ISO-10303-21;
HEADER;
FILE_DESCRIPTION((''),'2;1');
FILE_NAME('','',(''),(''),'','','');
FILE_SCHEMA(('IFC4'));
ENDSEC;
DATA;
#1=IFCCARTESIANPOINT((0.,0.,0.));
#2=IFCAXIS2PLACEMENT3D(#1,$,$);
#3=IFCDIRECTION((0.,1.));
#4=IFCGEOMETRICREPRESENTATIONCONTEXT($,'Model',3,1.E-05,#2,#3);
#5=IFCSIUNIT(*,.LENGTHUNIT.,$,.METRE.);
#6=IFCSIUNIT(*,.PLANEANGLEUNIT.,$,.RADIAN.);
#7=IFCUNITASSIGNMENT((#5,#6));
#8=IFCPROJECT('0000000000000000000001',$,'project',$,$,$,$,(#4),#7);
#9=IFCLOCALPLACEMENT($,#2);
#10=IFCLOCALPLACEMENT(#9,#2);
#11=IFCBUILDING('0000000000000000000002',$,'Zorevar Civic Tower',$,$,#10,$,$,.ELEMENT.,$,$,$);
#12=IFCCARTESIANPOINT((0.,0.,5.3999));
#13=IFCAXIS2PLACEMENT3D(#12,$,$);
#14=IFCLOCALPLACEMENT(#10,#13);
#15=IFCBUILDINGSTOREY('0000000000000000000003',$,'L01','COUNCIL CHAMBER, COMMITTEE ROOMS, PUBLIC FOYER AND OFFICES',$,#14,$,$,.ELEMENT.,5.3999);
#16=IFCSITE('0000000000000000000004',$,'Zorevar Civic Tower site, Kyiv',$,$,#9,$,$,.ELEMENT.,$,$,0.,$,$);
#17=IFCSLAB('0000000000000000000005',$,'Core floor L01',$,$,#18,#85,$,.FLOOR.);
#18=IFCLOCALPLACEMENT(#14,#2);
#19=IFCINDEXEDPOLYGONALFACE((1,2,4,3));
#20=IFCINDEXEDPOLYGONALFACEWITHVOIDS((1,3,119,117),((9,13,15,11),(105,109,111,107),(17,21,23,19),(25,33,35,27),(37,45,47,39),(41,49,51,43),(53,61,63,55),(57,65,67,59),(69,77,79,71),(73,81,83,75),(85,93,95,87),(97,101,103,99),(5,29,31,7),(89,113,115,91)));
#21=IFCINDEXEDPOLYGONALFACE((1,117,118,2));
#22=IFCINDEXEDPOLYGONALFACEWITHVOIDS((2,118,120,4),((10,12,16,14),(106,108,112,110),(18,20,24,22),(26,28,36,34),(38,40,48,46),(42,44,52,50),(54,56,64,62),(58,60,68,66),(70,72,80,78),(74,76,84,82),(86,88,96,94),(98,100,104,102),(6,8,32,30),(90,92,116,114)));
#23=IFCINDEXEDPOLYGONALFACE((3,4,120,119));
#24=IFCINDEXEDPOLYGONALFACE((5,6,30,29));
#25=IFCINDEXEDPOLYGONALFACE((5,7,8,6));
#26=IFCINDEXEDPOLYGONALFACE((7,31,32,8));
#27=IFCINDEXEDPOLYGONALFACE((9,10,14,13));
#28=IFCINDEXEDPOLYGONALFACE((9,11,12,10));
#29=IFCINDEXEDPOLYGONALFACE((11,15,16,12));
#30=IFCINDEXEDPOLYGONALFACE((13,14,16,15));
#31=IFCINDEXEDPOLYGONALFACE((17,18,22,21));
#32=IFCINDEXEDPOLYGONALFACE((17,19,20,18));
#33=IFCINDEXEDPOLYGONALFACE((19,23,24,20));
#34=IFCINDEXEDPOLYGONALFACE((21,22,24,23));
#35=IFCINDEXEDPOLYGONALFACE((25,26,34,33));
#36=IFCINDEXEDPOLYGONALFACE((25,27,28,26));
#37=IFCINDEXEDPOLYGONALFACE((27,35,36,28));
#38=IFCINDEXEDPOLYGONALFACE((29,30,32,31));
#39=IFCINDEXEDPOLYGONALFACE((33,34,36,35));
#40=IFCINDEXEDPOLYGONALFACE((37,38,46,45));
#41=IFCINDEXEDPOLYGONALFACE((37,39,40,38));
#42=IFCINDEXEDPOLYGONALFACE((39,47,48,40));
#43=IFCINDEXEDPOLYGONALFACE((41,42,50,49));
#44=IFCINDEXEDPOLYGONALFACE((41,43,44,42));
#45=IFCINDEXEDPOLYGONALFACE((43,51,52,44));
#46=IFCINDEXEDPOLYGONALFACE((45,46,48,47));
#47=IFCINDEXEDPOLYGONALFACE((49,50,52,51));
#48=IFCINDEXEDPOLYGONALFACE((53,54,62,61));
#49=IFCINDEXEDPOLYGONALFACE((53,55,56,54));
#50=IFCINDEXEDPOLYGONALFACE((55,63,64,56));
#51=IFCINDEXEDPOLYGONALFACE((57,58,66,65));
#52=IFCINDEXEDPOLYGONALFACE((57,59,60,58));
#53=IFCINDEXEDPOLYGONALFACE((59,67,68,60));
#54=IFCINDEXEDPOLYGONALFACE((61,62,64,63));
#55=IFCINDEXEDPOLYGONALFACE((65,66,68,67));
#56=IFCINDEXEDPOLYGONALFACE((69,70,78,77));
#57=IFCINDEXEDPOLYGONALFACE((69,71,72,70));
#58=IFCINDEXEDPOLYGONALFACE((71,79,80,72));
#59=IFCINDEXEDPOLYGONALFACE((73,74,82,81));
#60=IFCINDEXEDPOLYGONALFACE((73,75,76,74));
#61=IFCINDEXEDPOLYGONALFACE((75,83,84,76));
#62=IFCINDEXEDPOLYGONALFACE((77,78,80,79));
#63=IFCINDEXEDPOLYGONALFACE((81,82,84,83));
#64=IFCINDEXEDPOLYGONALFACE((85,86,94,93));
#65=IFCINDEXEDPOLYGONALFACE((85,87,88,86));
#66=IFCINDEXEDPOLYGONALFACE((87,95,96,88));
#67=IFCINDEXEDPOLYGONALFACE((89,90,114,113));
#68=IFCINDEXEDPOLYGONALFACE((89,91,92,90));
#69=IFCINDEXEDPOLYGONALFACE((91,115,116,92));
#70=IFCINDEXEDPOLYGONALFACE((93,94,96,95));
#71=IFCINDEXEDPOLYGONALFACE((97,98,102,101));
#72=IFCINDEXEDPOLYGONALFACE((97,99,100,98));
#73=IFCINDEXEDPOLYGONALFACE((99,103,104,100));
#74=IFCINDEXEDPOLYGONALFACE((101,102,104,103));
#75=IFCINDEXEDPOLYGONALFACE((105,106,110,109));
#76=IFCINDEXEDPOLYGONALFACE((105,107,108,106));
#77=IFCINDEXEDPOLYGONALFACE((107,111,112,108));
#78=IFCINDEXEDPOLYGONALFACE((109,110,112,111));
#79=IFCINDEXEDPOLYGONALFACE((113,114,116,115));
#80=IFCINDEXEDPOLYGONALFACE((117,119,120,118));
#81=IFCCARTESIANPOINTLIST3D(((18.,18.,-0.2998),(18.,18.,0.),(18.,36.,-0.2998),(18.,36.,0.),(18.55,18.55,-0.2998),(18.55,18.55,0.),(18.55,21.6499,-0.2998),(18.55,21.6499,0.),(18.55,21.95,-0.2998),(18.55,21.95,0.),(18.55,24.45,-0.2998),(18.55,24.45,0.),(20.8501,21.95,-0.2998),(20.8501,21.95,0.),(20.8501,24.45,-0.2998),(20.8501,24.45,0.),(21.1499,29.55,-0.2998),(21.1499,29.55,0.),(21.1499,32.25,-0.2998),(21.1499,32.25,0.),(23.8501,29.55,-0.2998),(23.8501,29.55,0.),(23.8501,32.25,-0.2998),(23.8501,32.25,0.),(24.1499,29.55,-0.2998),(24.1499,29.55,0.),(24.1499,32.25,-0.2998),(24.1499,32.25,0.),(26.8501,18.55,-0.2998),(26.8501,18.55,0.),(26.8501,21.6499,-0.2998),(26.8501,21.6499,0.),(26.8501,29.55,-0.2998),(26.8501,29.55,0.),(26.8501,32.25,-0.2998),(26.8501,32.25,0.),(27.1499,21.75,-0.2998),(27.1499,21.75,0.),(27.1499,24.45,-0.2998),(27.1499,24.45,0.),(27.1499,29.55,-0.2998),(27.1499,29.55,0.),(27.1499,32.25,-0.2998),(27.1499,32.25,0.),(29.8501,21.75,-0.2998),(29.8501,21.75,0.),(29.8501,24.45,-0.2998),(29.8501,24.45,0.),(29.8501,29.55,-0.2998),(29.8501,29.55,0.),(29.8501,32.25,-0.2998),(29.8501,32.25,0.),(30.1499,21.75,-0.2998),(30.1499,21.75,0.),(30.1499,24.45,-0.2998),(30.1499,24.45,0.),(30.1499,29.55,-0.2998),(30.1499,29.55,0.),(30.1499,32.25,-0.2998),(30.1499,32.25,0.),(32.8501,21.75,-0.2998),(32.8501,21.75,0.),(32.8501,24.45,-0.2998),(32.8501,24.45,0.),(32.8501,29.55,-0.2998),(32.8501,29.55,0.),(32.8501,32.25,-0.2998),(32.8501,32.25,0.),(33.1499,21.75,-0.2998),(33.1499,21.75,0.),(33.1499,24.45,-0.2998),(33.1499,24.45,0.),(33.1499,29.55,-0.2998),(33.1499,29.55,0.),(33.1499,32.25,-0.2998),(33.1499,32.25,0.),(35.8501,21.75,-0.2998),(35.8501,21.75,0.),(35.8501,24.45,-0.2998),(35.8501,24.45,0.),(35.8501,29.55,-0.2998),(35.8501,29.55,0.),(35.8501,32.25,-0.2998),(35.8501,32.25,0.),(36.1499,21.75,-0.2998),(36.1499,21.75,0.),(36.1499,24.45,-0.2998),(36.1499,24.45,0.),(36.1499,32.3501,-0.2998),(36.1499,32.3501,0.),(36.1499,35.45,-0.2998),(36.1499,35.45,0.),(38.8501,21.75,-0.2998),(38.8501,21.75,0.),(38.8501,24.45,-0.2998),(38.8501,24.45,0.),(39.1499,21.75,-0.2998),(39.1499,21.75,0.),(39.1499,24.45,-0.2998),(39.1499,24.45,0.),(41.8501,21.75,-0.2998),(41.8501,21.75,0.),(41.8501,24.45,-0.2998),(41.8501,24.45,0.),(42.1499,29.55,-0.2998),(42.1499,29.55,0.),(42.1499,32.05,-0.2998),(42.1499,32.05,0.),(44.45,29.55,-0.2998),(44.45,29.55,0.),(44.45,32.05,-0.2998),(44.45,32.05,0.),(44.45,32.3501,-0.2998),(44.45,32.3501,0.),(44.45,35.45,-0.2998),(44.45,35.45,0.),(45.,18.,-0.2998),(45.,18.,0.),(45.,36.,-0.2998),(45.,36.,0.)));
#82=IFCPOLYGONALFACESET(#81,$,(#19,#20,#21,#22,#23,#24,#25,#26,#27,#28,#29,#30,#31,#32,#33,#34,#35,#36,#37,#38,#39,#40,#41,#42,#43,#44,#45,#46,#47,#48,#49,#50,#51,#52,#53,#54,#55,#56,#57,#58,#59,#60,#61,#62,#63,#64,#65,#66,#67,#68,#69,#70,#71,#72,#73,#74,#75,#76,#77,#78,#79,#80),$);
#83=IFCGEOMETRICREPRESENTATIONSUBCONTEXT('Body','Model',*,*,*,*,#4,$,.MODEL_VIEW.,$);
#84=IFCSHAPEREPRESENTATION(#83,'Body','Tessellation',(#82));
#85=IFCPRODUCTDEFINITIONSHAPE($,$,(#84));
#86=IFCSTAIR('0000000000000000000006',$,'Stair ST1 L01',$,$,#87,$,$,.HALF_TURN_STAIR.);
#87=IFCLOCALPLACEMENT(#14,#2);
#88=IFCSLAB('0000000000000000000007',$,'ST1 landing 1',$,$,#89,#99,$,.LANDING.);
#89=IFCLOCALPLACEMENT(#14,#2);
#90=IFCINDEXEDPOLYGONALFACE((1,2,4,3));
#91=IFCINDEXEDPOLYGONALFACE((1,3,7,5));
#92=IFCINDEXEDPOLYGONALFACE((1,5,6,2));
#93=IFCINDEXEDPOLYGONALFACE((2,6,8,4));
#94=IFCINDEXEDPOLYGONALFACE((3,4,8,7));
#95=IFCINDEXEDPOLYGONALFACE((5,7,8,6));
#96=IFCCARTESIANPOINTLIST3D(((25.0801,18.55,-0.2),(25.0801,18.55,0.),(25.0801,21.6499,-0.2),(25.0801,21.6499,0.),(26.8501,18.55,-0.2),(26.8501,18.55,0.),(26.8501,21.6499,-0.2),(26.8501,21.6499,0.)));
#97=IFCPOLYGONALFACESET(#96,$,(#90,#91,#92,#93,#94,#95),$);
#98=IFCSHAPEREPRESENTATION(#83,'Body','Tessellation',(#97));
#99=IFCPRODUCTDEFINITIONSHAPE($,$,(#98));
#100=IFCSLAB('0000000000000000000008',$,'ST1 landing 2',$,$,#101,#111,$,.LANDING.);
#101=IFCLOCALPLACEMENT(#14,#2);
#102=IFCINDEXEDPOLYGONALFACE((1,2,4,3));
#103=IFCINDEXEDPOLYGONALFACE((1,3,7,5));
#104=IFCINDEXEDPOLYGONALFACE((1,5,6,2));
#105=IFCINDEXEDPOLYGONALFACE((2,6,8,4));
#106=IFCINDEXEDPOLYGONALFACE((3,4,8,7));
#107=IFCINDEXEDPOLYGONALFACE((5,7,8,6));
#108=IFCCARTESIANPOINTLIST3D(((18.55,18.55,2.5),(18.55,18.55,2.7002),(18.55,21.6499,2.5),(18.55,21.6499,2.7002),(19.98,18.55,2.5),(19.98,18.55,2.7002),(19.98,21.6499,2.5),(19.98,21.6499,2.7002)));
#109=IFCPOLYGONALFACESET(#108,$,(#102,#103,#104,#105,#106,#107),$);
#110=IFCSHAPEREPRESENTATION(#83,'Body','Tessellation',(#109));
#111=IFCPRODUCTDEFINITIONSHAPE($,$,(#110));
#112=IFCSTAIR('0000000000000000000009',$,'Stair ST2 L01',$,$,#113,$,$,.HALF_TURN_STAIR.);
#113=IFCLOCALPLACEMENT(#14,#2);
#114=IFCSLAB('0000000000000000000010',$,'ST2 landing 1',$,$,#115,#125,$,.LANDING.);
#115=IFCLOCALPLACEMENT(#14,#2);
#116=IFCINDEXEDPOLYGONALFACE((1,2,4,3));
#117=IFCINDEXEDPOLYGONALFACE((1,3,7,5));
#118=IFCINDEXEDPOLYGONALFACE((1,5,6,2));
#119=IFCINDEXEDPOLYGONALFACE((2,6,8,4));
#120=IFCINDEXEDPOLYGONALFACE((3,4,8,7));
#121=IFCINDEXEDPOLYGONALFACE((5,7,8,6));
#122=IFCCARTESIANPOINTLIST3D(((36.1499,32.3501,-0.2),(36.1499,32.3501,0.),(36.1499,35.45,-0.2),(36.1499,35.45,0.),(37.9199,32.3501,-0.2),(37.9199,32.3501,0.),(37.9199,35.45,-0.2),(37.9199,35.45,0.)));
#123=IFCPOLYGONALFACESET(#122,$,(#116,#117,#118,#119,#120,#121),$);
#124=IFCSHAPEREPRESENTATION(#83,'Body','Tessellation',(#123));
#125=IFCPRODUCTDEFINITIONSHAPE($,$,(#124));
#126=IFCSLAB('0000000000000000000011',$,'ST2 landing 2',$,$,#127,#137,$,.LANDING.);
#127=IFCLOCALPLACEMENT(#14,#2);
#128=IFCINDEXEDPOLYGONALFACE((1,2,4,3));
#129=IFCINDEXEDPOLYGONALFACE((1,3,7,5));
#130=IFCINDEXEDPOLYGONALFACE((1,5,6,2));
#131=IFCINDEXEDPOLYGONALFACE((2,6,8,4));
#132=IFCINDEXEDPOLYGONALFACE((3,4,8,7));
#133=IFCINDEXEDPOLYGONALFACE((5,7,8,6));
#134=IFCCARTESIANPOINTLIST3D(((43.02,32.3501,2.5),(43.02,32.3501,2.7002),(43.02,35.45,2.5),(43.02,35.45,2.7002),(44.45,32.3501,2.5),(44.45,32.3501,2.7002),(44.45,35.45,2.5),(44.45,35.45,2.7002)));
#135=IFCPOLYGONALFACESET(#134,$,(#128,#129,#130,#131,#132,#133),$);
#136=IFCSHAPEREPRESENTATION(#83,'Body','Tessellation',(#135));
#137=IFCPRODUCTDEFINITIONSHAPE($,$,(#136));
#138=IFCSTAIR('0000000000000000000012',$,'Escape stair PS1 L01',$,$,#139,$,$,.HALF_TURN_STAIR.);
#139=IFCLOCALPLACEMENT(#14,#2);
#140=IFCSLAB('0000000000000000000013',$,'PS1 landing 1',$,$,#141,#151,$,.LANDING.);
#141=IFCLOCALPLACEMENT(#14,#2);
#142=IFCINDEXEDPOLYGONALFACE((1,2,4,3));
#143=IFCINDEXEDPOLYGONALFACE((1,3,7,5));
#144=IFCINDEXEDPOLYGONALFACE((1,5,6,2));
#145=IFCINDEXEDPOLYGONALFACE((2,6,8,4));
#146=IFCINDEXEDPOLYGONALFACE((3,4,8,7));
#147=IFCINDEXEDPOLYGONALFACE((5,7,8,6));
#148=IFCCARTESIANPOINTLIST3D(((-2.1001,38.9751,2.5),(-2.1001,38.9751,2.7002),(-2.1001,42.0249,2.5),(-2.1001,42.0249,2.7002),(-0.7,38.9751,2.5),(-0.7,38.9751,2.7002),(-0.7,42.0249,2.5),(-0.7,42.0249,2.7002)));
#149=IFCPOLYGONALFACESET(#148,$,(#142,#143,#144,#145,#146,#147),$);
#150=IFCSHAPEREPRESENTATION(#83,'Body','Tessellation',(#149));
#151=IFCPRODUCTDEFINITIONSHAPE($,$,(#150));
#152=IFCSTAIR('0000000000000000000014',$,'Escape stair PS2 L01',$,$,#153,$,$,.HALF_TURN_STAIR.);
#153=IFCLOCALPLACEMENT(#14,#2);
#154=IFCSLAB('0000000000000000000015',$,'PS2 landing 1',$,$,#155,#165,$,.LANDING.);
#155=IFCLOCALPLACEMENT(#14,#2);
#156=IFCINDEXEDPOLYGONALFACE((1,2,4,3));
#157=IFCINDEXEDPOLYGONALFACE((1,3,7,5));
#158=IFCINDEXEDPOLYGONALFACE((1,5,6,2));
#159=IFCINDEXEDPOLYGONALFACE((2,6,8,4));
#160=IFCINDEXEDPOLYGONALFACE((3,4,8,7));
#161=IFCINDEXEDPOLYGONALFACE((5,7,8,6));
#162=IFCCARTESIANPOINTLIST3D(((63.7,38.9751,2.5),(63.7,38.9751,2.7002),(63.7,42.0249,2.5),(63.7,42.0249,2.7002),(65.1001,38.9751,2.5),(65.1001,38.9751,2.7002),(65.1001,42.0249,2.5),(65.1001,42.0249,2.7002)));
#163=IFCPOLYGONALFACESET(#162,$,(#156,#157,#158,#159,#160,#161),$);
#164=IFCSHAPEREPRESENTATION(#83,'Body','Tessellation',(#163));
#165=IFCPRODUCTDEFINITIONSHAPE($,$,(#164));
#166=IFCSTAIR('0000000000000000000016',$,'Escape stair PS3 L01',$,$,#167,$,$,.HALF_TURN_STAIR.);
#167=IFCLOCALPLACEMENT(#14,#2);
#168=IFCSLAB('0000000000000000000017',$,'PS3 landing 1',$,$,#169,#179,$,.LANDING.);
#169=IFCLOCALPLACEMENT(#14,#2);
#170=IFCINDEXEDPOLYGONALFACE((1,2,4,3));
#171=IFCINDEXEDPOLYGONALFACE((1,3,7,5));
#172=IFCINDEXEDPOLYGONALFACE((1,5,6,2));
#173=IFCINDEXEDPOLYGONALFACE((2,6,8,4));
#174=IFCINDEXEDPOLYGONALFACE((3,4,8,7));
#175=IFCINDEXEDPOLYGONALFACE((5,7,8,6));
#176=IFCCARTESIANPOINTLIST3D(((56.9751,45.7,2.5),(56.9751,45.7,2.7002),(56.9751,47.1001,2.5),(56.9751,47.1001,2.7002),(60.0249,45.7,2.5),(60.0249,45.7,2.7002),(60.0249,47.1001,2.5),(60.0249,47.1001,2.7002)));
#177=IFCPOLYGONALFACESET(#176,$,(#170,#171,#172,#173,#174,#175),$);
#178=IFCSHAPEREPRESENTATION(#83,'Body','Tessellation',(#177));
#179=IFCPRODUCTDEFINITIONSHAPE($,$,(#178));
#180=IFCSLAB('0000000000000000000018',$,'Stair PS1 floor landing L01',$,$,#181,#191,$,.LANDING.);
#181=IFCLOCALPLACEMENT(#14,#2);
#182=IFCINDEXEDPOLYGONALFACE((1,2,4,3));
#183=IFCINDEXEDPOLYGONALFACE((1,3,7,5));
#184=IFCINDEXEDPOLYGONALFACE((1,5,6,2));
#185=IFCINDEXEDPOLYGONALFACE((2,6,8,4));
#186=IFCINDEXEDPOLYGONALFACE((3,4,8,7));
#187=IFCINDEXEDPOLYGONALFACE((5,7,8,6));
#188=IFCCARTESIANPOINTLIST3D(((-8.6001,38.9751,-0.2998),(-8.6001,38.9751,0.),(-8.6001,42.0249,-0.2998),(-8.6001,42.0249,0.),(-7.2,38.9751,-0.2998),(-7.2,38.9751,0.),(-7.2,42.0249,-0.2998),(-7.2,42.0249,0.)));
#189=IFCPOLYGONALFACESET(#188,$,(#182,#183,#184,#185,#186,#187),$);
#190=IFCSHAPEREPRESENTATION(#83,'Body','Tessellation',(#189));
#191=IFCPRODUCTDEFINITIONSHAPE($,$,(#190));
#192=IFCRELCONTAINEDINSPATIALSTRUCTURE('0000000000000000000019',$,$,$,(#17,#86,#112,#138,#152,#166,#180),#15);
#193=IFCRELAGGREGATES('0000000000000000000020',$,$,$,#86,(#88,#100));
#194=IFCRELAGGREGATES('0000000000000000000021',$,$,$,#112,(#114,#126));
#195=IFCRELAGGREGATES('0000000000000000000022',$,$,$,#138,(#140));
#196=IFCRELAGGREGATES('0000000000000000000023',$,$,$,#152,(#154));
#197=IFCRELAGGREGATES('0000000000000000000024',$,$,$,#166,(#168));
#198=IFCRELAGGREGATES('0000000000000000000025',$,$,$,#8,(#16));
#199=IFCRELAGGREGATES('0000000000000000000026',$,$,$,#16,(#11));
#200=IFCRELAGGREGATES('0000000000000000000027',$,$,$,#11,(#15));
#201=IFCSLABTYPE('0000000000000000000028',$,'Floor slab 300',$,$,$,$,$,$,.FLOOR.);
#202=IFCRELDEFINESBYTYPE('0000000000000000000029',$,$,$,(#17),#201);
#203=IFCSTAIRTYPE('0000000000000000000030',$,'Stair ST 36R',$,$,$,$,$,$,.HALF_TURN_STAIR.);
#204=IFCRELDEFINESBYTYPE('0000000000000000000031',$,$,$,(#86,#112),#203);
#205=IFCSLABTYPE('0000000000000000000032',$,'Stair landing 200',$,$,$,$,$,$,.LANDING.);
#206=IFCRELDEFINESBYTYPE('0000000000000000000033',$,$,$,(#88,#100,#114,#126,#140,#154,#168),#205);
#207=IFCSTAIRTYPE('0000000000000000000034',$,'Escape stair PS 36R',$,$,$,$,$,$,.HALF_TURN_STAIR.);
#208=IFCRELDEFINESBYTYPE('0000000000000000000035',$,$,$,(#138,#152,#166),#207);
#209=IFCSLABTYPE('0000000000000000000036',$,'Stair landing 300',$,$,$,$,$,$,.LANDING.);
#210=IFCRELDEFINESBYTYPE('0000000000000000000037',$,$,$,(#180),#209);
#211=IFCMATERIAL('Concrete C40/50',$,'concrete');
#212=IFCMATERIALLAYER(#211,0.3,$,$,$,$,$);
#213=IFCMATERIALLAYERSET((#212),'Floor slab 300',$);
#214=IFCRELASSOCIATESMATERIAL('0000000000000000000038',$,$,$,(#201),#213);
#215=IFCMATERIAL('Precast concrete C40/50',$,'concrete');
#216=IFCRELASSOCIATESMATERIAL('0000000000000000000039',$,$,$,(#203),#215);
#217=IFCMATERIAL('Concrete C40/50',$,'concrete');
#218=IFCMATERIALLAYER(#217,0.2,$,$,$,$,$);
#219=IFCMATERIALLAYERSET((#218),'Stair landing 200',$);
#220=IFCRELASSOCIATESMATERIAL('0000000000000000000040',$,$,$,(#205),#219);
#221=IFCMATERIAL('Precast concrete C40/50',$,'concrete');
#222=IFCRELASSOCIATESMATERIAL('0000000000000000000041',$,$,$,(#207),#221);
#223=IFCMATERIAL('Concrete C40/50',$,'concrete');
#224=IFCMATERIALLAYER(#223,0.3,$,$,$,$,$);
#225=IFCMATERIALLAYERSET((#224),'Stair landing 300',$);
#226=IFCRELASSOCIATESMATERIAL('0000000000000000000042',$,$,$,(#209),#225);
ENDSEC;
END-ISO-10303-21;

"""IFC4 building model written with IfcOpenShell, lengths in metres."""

from ifc_helpers import new_model, si_unit, direction, frame, origin, place, context, subcontext, project, spatial, polyline, outline, extrude, material, layer, layer_set, type_object, element, aggregate, save


model = new_model("IFC4")

# Units and contexts
model_context = context("Model", 3, precision=1e-05, world=origin(), true_north=direction((0.0, 1.0)))
body_context = subcontext(model_context, "Body", "Model", "MODEL_VIEW")
ifc_project = project(units=[si_unit("LENGTHUNIT", "METRE"), si_unit("PLANEANGLEUNIT", "RADIAN")], contexts=[model_context])

# Site, building, storey
site_placement = place(None, origin())
site = spatial("IfcSite", under=ifc_project, at=site_placement, Name="Zorevar Civic Tower site, Kyiv", CompositionType="ELEMENT", RefElevation=0.0)
building_placement = place(site_placement, origin())
building = spatial("IfcBuilding", under=site, at=building_placement, Name="Zorevar Civic Tower", CompositionType="ELEMENT")
storey_placement = place(building_placement, frame((0.0, 0.0, 5.3999)))
storey = spatial("IfcBuildingStorey", under=building, at=storey_placement, Name="L01", Description="COUNCIL CHAMBER, COMMITTEE ROOMS, PUBLIC FOYER AND OFFICES", CompositionType="ELEMENT", Elevation=5.3999)

# Slab
ifc_material_1 = material(Name="Concrete C40/50", Category="concrete")
ifc_layer_1 = layer(ifc_material_1, 0.3)
ifc_layer_set_1 = layer_set([ifc_layer_1], Name="Floor slab 300")
slab_type_1 = type_object("IfcSlabType", Name="Floor slab 300", PredefinedType="FLOOR", material=ifc_layer_set_1)
slab_1_placement = place(storey_placement, frame((0.0, 0.0, -0.2998)))
element("IfcSlab", 1, at=slab_1_placement, inside=storey, type_object=slab_type_1, Name="Core floor L01", PredefinedType="FLOOR", context=body_context, shape_type="SweptSolid", body=[
    extrude(outline(polyline([(18.0, 18.0), (45.0, 18.0), (45.0, 36.0), (18.0, 36.0), (18.0, 18.0)]), holes=[polyline([(18.55, 18.55), (26.8501, 18.55), (26.8501, 21.6499), (18.55, 21.6499), (18.55, 18.55)]), polyline([(36.1499, 32.3501), (44.45, 32.3501), (44.45, 35.45), (36.1499, 35.45), (36.1499, 32.3501)]), polyline([(18.55, 21.95), (20.8501, 21.95), (20.8501, 24.45), (18.55, 24.45), (18.55, 21.95)]), polyline([(42.1499, 29.55), (44.45, 29.55), (44.45, 32.05), (42.1499, 32.05), (42.1499, 29.55)]), polyline([(27.1499, 21.75), (29.8501, 21.75), (29.8501, 24.45), (27.1499, 24.45), (27.1499, 21.75)]), polyline([(33.1499, 29.55), (35.8501, 29.55), (35.8501, 32.25), (33.1499, 32.25), (33.1499, 29.55)]), polyline([(30.1499, 21.75), (32.8501, 21.75), (32.8501, 24.45), (30.1499, 24.45), (30.1499, 21.75)]), polyline([(30.1499, 29.55), (32.8501, 29.55), (32.8501, 32.25), (30.1499, 32.25), (30.1499, 29.55)]), polyline([(33.1499, 21.75), (35.8501, 21.75), (35.8501, 24.45), (33.1499, 24.45), (33.1499, 21.75)]), polyline([(27.1499, 29.55), (29.8501, 29.55), (29.8501, 32.25), (27.1499, 32.25), (27.1499, 29.55)]), polyline([(36.1499, 21.75), (38.8501, 21.75), (38.8501, 24.45), (36.1499, 24.45), (36.1499, 21.75)]), polyline([(24.1499, 29.55), (26.8501, 29.55), (26.8501, 32.25), (24.1499, 32.25), (24.1499, 29.55)]), polyline([(39.1499, 21.75), (41.8501, 21.75), (41.8501, 24.45), (39.1499, 24.45), (39.1499, 21.75)]), polyline([(21.1499, 29.55), (23.8501, 29.55), (23.8501, 32.25), (21.1499, 32.25), (21.1499, 29.55)])]), origin(), (0.0, 0.0, 1.0), 0.2998),
])

# Stairs, slabs
ifc_material_2 = material(Name="Precast concrete C40/50", Category="concrete")
stair_type_1 = type_object("IfcStairType", Name="Stair ST 36R", PredefinedType="HALF_TURN_STAIR", material=ifc_material_2)
stair_1_placement = place(storey_placement, origin())
stair_1 = element("IfcStair", 2, at=stair_1_placement, inside=storey, type_object=stair_type_1, Name="Stair ST1 L01", PredefinedType="HALF_TURN_STAIR")
ifc_material_3 = material(Name="Concrete C40/50", Category="concrete")
ifc_layer_2 = layer(ifc_material_3, 0.2)
ifc_layer_set_2 = layer_set([ifc_layer_2], Name="Stair landing 200")
slab_type_2 = type_object("IfcSlabType", Name="Stair landing 200", PredefinedType="LANDING", material=ifc_layer_set_2)
slab_2_placement = place(storey_placement, frame((0.0, 0.0, -0.2)))
slab_2 = element("IfcSlab", 3, at=slab_2_placement, type_object=slab_type_2, Name="ST1 landing 1", PredefinedType="LANDING", context=body_context, shape_type="SweptSolid", body=[
    extrude(outline(polyline([(25.0801, 18.55), (26.8501, 18.55), (26.8501, 21.6499), (25.0801, 21.6499), (25.0801, 18.55)])), origin(), (0.0, 0.0, 1.0), 0.2),
])
slab_3_placement = place(storey_placement, frame((0.0, 0.0, 2.5)))
slab_3 = element("IfcSlab", 4, at=slab_3_placement, type_object=slab_type_2, Name="ST1 landing 2", PredefinedType="LANDING", context=body_context, shape_type="SweptSolid", body=[
    extrude(outline(polyline([(18.55, 18.55), (19.98, 18.55), (19.98, 21.6499), (18.55, 21.6499), (18.55, 18.55)])), origin(), (0.0, 0.0, 1.0), 0.2002),
])
aggregate(stair_1, [slab_2, slab_3])
stair_2_placement = place(storey_placement, origin())
stair_2 = element("IfcStair", 5, at=stair_2_placement, inside=storey, type_object=stair_type_1, Name="Stair ST2 L01", PredefinedType="HALF_TURN_STAIR")
slab_4_placement = place(storey_placement, frame((0.0, 0.0, -0.2)))
slab_4 = element("IfcSlab", 6, at=slab_4_placement, type_object=slab_type_2, Name="ST2 landing 1", PredefinedType="LANDING", context=body_context, shape_type="SweptSolid", body=[
    extrude(outline(polyline([(37.9199, 32.3501), (36.1499, 32.3501), (36.1499, 35.45), (37.9199, 35.45), (37.9199, 32.3501)])), origin(), (0.0, 0.0, 1.0), 0.2),
])
slab_5_placement = place(storey_placement, frame((0.0, 0.0, 2.5)))
slab_5 = element("IfcSlab", 7, at=slab_5_placement, type_object=slab_type_2, Name="ST2 landing 2", PredefinedType="LANDING", context=body_context, shape_type="SweptSolid", body=[
    extrude(outline(polyline([(44.45, 32.3501), (43.02, 32.3501), (43.02, 35.45), (44.45, 35.45), (44.45, 32.3501)])), origin(), (0.0, 0.0, 1.0), 0.2002),
])
aggregate(stair_2, [slab_4, slab_5])

# Stairs, slabs
ifc_material_4 = material(Name="Precast concrete C40/50", Category="concrete")
stair_type_2 = type_object("IfcStairType", Name="Escape stair PS 36R", PredefinedType="HALF_TURN_STAIR", material=ifc_material_4)
stair_3_placement = place(storey_placement, origin())
stair_3 = element("IfcStair", 8, at=stair_3_placement, inside=storey, type_object=stair_type_2, Name="Escape stair PS1 L01", PredefinedType="HALF_TURN_STAIR")
slab_6_placement = place(storey_placement, frame((0.0, 0.0, 2.5)))
slab_6 = element("IfcSlab", 9, at=slab_6_placement, type_object=slab_type_2, Name="PS1 landing 1", PredefinedType="LANDING", context=body_context, shape_type="SweptSolid", body=[
    extrude(outline(polyline([(-2.1001, 38.9751), (-0.7, 38.9751), (-0.7, 42.0249), (-2.1001, 42.0249), (-2.1001, 38.9751)])), origin(), (0.0, 0.0, 1.0), 0.2002),
])
aggregate(stair_3, [slab_6])
stair_4_placement = place(storey_placement, origin())
stair_4 = element("IfcStair", 10, at=stair_4_placement, inside=storey, type_object=stair_type_2, Name="Escape stair PS2 L01", PredefinedType="HALF_TURN_STAIR")
slab_7_placement = place(storey_placement, frame((0.0, 0.0, 2.5)))
slab_7 = element("IfcSlab", 11, at=slab_7_placement, type_object=slab_type_2, Name="PS2 landing 1", PredefinedType="LANDING", context=body_context, shape_type="SweptSolid", body=[
    extrude(outline(polyline([(63.7, 38.9751), (65.1001, 38.9751), (65.1001, 42.0249), (63.7, 42.0249), (63.7, 38.9751)])), origin(), (0.0, 0.0, 1.0), 0.2002),
])
aggregate(stair_4, [slab_7])
stair_5_placement = place(storey_placement, origin())
stair_5 = element("IfcStair", 12, at=stair_5_placement, inside=storey, type_object=stair_type_2, Name="Escape stair PS3 L01", PredefinedType="HALF_TURN_STAIR")
slab_8_placement = place(storey_placement, frame((0.0, 0.0, 2.5)))
slab_8 = element("IfcSlab", 13, at=slab_8_placement, type_object=slab_type_2, Name="PS3 landing 1", PredefinedType="LANDING", context=body_context, shape_type="SweptSolid", body=[
    extrude(outline(polyline([(56.9751, 45.7), (60.0249, 45.7), (60.0249, 47.1001), (56.9751, 47.1001), (56.9751, 45.7)])), origin(), (0.0, 0.0, 1.0), 0.2002),
])
aggregate(stair_5, [slab_8])

# Slab
ifc_material_5 = material(Name="Concrete C40/50", Category="concrete")
ifc_layer_3 = layer(ifc_material_5, 0.3)
ifc_layer_set_3 = layer_set([ifc_layer_3], Name="Stair landing 300")
slab_type_3 = type_object("IfcSlabType", Name="Stair landing 300", PredefinedType="LANDING", material=ifc_layer_set_3)
slab_9_placement = place(storey_placement, frame((0.0, 0.0, -0.2998)))
element("IfcSlab", 14, at=slab_9_placement, inside=storey, type_object=slab_type_3, Name="Stair PS1 floor landing L01", PredefinedType="LANDING", context=body_context, shape_type="SweptSolid", body=[
    extrude(outline(polyline([(-8.6001, 38.9751), (-7.2, 38.9751), (-7.2, 42.0249), (-8.6001, 42.0249), (-8.6001, 38.9751)])), origin(), (0.0, 0.0, 1.0), 0.2998),
])

save(model, "model.ifc")
